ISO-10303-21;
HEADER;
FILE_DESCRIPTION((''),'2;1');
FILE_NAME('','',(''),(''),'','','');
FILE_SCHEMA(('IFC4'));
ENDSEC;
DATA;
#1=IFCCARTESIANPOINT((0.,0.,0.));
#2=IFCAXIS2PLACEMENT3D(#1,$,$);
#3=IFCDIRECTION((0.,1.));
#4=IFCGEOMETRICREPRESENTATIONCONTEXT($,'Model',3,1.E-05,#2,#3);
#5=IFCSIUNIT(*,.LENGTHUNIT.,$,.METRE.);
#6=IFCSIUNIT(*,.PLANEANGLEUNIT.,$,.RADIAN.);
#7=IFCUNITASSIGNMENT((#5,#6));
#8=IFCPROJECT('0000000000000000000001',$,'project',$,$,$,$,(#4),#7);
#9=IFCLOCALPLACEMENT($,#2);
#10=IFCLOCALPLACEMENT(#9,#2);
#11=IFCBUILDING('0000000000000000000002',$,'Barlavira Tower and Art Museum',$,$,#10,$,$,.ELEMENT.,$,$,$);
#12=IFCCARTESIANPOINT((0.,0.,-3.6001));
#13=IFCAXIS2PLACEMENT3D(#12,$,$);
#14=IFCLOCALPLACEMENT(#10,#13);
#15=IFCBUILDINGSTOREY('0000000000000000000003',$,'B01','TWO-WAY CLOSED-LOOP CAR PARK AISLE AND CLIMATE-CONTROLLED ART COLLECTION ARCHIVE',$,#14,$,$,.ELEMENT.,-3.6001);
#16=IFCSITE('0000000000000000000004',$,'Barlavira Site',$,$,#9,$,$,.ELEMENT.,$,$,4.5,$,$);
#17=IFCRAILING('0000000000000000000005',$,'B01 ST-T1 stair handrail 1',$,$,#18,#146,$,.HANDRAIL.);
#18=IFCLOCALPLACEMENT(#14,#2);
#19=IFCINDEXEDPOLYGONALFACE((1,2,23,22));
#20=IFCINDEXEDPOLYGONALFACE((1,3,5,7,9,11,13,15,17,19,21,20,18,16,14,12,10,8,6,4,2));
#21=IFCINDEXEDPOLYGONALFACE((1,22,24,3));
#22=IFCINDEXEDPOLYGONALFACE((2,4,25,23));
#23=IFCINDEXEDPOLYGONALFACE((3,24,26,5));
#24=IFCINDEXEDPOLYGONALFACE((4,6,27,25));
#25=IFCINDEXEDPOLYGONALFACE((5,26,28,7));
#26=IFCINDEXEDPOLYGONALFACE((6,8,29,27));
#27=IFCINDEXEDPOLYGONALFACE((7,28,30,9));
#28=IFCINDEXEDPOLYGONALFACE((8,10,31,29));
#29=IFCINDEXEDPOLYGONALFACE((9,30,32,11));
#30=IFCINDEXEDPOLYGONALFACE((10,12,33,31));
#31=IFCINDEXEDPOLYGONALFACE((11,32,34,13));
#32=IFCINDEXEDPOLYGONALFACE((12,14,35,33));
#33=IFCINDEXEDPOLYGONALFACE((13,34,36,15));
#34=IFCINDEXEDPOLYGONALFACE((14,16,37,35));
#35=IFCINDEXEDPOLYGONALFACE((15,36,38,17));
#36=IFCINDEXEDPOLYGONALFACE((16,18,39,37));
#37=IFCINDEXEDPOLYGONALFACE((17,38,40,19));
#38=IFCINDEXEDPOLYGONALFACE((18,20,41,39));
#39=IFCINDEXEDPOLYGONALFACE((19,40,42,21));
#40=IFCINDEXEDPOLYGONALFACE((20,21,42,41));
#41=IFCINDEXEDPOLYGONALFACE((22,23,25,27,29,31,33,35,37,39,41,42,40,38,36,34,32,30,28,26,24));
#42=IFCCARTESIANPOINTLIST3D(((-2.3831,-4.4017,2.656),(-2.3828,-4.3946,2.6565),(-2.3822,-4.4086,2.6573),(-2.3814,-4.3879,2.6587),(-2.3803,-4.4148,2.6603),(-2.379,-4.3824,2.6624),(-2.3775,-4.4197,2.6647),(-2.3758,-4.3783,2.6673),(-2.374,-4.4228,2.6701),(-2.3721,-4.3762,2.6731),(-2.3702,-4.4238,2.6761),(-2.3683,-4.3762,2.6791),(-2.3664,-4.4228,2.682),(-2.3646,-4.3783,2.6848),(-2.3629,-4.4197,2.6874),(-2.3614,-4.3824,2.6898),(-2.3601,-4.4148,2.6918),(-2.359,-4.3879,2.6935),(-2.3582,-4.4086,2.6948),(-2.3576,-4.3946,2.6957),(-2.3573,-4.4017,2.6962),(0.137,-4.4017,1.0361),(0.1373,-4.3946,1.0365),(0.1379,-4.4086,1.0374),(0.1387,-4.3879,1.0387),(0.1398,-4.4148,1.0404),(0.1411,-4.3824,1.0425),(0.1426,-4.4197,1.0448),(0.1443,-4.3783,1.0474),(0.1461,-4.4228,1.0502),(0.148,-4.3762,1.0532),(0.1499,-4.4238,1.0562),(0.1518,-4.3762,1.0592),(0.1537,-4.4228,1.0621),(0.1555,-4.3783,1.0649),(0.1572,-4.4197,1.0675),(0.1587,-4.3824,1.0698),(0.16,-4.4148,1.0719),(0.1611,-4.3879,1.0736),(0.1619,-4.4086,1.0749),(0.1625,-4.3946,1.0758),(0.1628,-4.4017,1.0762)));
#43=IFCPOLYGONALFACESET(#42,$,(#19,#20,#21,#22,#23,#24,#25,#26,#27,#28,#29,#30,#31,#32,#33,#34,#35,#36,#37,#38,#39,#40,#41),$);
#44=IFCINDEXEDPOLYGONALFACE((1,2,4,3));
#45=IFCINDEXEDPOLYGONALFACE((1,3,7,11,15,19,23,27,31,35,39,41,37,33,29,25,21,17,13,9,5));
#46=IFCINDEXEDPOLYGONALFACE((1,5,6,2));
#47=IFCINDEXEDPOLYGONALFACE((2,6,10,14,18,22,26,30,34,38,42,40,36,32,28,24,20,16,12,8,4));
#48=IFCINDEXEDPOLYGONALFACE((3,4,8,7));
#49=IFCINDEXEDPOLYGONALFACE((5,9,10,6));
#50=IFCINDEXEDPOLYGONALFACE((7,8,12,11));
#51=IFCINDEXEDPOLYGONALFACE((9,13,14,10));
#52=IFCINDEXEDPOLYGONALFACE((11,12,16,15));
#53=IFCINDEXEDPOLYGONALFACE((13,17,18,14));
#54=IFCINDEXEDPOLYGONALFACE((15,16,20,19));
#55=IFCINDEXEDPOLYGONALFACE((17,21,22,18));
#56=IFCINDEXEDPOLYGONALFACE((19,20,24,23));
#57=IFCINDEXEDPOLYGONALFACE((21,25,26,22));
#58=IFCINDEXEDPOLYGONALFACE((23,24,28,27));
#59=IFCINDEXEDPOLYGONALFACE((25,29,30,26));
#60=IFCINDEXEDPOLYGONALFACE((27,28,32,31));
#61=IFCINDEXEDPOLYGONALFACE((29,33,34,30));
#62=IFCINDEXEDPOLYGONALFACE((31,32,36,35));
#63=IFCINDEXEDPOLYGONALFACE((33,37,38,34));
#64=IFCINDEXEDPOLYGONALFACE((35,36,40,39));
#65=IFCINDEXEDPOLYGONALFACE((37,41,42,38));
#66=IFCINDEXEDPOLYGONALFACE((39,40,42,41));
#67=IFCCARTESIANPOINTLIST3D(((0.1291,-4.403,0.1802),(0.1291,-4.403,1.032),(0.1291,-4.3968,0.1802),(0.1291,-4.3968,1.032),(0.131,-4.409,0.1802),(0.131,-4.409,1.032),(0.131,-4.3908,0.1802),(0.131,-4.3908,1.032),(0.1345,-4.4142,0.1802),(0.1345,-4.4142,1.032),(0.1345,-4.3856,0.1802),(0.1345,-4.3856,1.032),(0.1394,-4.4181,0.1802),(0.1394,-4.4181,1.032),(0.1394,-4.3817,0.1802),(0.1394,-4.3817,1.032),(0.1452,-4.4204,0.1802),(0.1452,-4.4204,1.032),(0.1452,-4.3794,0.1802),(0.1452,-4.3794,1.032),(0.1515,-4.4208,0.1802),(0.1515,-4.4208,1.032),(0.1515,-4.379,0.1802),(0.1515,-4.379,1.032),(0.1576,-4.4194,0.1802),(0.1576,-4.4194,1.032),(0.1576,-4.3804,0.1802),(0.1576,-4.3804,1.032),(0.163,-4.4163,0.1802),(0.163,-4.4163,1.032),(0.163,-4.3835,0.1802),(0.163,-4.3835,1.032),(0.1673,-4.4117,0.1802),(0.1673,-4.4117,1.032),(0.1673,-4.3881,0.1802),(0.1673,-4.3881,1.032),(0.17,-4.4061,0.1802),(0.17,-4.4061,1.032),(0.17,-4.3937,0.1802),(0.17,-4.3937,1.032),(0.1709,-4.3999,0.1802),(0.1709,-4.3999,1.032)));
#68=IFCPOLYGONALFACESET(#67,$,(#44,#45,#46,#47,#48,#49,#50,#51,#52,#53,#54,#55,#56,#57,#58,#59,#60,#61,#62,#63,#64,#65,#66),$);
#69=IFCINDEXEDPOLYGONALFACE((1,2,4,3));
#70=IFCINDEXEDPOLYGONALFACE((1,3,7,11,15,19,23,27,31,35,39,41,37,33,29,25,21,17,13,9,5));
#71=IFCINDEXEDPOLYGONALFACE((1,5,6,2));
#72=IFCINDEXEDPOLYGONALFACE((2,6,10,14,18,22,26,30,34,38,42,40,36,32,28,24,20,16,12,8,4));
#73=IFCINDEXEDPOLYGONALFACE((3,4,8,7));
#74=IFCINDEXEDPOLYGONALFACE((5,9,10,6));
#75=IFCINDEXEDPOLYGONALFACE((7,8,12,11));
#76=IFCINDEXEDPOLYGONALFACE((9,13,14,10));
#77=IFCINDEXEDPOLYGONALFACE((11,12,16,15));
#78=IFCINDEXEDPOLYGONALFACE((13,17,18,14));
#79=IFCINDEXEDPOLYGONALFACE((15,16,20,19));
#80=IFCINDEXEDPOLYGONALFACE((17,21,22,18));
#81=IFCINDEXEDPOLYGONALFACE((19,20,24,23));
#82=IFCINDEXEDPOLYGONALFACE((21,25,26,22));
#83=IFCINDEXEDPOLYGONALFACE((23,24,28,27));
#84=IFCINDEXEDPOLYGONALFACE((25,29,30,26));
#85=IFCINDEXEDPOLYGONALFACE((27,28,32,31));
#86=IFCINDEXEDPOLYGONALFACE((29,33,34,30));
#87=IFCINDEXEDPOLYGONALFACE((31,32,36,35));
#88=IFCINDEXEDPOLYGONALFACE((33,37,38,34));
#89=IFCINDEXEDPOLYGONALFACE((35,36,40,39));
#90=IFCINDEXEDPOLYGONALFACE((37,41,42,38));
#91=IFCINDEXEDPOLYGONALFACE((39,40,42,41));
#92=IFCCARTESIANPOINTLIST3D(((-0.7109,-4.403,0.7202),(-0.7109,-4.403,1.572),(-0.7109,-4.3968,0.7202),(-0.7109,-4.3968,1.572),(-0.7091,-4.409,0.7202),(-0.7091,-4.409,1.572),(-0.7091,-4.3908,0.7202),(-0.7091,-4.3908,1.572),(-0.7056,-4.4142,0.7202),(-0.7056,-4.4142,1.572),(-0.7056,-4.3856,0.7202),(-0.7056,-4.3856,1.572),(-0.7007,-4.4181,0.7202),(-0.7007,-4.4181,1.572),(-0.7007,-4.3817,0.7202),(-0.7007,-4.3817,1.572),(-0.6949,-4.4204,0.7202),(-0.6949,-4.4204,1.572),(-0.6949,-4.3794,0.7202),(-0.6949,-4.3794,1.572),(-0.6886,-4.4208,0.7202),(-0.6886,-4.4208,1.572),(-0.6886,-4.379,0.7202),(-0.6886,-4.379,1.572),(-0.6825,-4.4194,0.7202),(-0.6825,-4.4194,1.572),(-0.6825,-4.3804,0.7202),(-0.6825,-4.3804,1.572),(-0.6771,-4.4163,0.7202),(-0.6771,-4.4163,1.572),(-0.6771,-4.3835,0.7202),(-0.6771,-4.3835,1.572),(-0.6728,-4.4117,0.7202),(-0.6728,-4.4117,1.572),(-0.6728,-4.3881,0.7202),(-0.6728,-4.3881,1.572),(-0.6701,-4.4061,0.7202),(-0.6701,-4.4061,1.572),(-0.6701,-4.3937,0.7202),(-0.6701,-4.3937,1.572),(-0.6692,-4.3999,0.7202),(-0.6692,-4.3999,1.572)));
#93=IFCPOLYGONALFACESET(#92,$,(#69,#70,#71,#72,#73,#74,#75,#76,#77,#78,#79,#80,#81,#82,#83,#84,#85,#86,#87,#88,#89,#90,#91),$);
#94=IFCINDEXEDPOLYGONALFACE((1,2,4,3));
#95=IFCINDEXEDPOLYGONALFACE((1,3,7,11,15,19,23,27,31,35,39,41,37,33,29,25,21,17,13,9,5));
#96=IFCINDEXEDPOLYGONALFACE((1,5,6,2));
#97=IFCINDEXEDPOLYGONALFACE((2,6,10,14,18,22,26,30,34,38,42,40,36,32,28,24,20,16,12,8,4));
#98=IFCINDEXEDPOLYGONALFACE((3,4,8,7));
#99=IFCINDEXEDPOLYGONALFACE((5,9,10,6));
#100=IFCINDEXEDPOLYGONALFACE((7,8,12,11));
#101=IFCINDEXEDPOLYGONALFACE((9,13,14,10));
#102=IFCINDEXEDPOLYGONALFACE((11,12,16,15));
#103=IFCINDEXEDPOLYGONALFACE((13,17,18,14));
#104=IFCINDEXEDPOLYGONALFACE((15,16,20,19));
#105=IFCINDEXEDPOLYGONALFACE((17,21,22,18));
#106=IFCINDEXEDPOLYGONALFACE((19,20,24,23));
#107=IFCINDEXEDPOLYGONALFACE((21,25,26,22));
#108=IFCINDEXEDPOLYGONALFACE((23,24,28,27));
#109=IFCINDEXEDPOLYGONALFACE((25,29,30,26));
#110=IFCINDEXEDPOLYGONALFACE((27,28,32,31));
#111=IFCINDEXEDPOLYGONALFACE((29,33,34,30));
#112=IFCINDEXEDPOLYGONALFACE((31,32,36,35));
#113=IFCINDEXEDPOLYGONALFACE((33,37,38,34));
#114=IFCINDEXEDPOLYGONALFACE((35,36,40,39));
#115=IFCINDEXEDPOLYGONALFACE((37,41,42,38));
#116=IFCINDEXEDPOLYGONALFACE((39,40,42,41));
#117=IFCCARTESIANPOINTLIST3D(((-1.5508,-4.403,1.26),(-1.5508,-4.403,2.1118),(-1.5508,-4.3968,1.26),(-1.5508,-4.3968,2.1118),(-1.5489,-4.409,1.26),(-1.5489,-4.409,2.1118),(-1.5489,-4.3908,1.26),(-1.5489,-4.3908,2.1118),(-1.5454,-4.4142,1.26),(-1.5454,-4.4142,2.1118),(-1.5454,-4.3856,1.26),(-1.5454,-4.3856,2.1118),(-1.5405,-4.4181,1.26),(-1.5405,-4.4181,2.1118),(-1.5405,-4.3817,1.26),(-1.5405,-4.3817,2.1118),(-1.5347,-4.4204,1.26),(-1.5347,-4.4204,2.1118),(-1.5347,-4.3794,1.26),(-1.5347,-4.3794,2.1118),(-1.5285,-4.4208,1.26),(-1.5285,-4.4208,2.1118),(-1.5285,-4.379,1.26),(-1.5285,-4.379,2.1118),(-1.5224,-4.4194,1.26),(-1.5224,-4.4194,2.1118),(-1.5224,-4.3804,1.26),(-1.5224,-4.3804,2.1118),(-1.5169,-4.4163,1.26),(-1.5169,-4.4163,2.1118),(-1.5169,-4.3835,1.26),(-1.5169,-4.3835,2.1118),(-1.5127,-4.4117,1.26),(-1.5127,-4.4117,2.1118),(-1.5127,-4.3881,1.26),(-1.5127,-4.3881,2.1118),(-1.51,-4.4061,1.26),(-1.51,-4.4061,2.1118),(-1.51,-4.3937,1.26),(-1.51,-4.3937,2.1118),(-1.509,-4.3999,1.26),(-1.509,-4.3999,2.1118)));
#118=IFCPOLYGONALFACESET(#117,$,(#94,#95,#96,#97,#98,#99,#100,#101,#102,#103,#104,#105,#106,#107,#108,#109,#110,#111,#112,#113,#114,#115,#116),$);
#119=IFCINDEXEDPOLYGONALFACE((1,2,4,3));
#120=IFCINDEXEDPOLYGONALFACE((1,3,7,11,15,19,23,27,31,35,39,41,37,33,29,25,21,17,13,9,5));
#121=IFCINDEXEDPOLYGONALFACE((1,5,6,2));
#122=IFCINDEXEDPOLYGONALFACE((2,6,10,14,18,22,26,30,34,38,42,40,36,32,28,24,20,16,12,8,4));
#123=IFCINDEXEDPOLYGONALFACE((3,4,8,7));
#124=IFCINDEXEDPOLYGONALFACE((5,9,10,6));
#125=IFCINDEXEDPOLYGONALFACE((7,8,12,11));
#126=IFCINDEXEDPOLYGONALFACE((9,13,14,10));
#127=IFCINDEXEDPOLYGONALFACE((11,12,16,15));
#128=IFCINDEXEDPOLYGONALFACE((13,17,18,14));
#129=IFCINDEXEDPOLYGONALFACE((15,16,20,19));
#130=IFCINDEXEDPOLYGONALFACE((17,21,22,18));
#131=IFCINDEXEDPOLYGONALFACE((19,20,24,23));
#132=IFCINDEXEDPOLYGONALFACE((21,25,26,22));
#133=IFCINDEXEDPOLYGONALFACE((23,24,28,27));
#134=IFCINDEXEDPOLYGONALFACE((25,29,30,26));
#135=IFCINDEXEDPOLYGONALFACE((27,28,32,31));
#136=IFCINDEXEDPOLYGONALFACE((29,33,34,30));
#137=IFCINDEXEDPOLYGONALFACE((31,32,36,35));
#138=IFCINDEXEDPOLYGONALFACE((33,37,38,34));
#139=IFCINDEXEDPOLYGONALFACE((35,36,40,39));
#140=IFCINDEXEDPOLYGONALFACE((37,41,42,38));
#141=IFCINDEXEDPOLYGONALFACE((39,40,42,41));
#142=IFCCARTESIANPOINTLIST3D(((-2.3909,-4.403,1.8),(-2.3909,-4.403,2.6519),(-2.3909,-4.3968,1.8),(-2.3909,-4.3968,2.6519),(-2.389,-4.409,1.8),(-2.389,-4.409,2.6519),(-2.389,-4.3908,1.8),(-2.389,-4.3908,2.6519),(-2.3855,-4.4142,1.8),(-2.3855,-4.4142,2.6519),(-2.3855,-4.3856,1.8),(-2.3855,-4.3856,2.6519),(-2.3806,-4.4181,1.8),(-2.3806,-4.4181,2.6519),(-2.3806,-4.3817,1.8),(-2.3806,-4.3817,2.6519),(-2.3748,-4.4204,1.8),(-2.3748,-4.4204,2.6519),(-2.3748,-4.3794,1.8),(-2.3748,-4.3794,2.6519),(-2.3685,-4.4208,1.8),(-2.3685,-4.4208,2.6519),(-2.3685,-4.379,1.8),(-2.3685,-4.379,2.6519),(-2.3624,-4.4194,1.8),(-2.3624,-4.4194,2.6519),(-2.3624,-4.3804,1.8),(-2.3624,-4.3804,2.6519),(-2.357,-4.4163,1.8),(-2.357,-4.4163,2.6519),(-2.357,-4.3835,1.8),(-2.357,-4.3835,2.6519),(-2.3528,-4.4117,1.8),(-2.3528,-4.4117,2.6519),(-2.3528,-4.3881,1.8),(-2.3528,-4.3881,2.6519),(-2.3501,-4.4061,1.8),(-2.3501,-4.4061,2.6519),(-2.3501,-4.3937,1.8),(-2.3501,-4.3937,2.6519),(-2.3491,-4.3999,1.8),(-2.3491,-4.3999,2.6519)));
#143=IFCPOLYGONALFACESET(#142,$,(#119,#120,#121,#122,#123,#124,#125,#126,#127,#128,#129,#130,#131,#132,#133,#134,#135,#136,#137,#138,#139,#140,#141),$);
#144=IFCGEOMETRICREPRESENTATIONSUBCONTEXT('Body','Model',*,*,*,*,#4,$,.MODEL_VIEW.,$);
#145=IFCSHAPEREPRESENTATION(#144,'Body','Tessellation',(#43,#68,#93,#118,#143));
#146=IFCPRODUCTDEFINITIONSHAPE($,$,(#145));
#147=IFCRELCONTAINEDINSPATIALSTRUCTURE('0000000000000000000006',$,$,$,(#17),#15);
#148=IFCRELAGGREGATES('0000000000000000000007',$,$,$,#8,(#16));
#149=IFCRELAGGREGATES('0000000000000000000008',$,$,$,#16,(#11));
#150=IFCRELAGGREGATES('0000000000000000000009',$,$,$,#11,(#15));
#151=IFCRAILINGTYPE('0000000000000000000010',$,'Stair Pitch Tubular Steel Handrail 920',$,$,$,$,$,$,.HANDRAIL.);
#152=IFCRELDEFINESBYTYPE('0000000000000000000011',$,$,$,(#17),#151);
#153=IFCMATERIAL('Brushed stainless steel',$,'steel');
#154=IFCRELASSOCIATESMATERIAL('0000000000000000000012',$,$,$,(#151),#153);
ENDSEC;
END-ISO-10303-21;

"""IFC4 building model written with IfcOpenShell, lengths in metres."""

from ifc_helpers import new_model, si_unit, direction, frame, origin, origin_2d, place, context, subcontext, project, spatial, circle, extrude, material, type_object, element, save


model = new_model("IFC4")

# Units and contexts
model_context = context("Model", 3, precision=1e-05, world=origin(), true_north=direction((0.0, 1.0)))
body_context = subcontext(model_context, "Body", "Model", "MODEL_VIEW")
ifc_project = project(units=[si_unit("LENGTHUNIT", "METRE"), si_unit("PLANEANGLEUNIT", "RADIAN")], contexts=[model_context])

# Site, building, storey
site_placement = place(None, origin())
site = spatial("IfcSite", under=ifc_project, at=site_placement, Name="Barlavira Site", CompositionType="ELEMENT", RefElevation=4.5)
building_placement = place(site_placement, origin())
building = spatial("IfcBuilding", under=site, at=building_placement, Name="Barlavira Tower and Art Museum", CompositionType="ELEMENT")
storey_placement = place(building_placement, frame((0.0, 0.0, -3.6001)))
storey = spatial("IfcBuildingStorey", under=building, at=storey_placement, Name="B01", Description="TWO-WAY CLOSED-LOOP CAR PARK AISLE AND CLIMATE-CONTROLLED ART COLLECTION ARCHIVE", CompositionType="ELEMENT", Elevation=-3.6001)

# Shared definitions
ifc_material_1 = material(Name="Brushed stainless steel", Category="steel")

# Railing
railing_type_1 = type_object("IfcRailingType", Name="Stair Pitch Tubular Steel Handrail 920", PredefinedType="HANDRAIL", material=ifc_material_1)
railing_1_placement = place(storey_placement, frame((0.1499, -4.3999, 0.1802)))
element("IfcRailing", 1, at=railing_1_placement, inside=storey, type_object=railing_type_1, Name="B01 ST-T1 stair handrail 1", PredefinedType="HANDRAIL", context=body_context, shape_type="SweptSolid", body=[
    extrude(circle(Radius=0.0239, at=origin_2d()), frame((0.0, 0.0, 0.876), z_axis=(-0.8412, 0.0, 0.540725), x_axis=(0.0, -1.0, 0.0)), (0.0, 0.0, 1.0), 2.9958),
    extrude(circle(Radius=0.021, at=origin_2d()), origin(), (0.0, 0.0, 1.0), 0.8518),
    extrude(circle(Radius=0.021, at=origin_2d()), frame((-0.8401, 0.0, 0.54)), (0.0, 0.0, 1.0), 0.8518),
    extrude(circle(Radius=0.021, at=origin_2d()), frame((-1.6799, 0.0, 1.0798)), (0.0, 0.0, 1.0), 0.8518),
    extrude(circle(Radius=0.021, at=origin_2d()), frame((-2.52, 0.0, 1.6199)), (0.0, 0.0, 1.0), 0.8518),
])

save(model, "model.ifc")
